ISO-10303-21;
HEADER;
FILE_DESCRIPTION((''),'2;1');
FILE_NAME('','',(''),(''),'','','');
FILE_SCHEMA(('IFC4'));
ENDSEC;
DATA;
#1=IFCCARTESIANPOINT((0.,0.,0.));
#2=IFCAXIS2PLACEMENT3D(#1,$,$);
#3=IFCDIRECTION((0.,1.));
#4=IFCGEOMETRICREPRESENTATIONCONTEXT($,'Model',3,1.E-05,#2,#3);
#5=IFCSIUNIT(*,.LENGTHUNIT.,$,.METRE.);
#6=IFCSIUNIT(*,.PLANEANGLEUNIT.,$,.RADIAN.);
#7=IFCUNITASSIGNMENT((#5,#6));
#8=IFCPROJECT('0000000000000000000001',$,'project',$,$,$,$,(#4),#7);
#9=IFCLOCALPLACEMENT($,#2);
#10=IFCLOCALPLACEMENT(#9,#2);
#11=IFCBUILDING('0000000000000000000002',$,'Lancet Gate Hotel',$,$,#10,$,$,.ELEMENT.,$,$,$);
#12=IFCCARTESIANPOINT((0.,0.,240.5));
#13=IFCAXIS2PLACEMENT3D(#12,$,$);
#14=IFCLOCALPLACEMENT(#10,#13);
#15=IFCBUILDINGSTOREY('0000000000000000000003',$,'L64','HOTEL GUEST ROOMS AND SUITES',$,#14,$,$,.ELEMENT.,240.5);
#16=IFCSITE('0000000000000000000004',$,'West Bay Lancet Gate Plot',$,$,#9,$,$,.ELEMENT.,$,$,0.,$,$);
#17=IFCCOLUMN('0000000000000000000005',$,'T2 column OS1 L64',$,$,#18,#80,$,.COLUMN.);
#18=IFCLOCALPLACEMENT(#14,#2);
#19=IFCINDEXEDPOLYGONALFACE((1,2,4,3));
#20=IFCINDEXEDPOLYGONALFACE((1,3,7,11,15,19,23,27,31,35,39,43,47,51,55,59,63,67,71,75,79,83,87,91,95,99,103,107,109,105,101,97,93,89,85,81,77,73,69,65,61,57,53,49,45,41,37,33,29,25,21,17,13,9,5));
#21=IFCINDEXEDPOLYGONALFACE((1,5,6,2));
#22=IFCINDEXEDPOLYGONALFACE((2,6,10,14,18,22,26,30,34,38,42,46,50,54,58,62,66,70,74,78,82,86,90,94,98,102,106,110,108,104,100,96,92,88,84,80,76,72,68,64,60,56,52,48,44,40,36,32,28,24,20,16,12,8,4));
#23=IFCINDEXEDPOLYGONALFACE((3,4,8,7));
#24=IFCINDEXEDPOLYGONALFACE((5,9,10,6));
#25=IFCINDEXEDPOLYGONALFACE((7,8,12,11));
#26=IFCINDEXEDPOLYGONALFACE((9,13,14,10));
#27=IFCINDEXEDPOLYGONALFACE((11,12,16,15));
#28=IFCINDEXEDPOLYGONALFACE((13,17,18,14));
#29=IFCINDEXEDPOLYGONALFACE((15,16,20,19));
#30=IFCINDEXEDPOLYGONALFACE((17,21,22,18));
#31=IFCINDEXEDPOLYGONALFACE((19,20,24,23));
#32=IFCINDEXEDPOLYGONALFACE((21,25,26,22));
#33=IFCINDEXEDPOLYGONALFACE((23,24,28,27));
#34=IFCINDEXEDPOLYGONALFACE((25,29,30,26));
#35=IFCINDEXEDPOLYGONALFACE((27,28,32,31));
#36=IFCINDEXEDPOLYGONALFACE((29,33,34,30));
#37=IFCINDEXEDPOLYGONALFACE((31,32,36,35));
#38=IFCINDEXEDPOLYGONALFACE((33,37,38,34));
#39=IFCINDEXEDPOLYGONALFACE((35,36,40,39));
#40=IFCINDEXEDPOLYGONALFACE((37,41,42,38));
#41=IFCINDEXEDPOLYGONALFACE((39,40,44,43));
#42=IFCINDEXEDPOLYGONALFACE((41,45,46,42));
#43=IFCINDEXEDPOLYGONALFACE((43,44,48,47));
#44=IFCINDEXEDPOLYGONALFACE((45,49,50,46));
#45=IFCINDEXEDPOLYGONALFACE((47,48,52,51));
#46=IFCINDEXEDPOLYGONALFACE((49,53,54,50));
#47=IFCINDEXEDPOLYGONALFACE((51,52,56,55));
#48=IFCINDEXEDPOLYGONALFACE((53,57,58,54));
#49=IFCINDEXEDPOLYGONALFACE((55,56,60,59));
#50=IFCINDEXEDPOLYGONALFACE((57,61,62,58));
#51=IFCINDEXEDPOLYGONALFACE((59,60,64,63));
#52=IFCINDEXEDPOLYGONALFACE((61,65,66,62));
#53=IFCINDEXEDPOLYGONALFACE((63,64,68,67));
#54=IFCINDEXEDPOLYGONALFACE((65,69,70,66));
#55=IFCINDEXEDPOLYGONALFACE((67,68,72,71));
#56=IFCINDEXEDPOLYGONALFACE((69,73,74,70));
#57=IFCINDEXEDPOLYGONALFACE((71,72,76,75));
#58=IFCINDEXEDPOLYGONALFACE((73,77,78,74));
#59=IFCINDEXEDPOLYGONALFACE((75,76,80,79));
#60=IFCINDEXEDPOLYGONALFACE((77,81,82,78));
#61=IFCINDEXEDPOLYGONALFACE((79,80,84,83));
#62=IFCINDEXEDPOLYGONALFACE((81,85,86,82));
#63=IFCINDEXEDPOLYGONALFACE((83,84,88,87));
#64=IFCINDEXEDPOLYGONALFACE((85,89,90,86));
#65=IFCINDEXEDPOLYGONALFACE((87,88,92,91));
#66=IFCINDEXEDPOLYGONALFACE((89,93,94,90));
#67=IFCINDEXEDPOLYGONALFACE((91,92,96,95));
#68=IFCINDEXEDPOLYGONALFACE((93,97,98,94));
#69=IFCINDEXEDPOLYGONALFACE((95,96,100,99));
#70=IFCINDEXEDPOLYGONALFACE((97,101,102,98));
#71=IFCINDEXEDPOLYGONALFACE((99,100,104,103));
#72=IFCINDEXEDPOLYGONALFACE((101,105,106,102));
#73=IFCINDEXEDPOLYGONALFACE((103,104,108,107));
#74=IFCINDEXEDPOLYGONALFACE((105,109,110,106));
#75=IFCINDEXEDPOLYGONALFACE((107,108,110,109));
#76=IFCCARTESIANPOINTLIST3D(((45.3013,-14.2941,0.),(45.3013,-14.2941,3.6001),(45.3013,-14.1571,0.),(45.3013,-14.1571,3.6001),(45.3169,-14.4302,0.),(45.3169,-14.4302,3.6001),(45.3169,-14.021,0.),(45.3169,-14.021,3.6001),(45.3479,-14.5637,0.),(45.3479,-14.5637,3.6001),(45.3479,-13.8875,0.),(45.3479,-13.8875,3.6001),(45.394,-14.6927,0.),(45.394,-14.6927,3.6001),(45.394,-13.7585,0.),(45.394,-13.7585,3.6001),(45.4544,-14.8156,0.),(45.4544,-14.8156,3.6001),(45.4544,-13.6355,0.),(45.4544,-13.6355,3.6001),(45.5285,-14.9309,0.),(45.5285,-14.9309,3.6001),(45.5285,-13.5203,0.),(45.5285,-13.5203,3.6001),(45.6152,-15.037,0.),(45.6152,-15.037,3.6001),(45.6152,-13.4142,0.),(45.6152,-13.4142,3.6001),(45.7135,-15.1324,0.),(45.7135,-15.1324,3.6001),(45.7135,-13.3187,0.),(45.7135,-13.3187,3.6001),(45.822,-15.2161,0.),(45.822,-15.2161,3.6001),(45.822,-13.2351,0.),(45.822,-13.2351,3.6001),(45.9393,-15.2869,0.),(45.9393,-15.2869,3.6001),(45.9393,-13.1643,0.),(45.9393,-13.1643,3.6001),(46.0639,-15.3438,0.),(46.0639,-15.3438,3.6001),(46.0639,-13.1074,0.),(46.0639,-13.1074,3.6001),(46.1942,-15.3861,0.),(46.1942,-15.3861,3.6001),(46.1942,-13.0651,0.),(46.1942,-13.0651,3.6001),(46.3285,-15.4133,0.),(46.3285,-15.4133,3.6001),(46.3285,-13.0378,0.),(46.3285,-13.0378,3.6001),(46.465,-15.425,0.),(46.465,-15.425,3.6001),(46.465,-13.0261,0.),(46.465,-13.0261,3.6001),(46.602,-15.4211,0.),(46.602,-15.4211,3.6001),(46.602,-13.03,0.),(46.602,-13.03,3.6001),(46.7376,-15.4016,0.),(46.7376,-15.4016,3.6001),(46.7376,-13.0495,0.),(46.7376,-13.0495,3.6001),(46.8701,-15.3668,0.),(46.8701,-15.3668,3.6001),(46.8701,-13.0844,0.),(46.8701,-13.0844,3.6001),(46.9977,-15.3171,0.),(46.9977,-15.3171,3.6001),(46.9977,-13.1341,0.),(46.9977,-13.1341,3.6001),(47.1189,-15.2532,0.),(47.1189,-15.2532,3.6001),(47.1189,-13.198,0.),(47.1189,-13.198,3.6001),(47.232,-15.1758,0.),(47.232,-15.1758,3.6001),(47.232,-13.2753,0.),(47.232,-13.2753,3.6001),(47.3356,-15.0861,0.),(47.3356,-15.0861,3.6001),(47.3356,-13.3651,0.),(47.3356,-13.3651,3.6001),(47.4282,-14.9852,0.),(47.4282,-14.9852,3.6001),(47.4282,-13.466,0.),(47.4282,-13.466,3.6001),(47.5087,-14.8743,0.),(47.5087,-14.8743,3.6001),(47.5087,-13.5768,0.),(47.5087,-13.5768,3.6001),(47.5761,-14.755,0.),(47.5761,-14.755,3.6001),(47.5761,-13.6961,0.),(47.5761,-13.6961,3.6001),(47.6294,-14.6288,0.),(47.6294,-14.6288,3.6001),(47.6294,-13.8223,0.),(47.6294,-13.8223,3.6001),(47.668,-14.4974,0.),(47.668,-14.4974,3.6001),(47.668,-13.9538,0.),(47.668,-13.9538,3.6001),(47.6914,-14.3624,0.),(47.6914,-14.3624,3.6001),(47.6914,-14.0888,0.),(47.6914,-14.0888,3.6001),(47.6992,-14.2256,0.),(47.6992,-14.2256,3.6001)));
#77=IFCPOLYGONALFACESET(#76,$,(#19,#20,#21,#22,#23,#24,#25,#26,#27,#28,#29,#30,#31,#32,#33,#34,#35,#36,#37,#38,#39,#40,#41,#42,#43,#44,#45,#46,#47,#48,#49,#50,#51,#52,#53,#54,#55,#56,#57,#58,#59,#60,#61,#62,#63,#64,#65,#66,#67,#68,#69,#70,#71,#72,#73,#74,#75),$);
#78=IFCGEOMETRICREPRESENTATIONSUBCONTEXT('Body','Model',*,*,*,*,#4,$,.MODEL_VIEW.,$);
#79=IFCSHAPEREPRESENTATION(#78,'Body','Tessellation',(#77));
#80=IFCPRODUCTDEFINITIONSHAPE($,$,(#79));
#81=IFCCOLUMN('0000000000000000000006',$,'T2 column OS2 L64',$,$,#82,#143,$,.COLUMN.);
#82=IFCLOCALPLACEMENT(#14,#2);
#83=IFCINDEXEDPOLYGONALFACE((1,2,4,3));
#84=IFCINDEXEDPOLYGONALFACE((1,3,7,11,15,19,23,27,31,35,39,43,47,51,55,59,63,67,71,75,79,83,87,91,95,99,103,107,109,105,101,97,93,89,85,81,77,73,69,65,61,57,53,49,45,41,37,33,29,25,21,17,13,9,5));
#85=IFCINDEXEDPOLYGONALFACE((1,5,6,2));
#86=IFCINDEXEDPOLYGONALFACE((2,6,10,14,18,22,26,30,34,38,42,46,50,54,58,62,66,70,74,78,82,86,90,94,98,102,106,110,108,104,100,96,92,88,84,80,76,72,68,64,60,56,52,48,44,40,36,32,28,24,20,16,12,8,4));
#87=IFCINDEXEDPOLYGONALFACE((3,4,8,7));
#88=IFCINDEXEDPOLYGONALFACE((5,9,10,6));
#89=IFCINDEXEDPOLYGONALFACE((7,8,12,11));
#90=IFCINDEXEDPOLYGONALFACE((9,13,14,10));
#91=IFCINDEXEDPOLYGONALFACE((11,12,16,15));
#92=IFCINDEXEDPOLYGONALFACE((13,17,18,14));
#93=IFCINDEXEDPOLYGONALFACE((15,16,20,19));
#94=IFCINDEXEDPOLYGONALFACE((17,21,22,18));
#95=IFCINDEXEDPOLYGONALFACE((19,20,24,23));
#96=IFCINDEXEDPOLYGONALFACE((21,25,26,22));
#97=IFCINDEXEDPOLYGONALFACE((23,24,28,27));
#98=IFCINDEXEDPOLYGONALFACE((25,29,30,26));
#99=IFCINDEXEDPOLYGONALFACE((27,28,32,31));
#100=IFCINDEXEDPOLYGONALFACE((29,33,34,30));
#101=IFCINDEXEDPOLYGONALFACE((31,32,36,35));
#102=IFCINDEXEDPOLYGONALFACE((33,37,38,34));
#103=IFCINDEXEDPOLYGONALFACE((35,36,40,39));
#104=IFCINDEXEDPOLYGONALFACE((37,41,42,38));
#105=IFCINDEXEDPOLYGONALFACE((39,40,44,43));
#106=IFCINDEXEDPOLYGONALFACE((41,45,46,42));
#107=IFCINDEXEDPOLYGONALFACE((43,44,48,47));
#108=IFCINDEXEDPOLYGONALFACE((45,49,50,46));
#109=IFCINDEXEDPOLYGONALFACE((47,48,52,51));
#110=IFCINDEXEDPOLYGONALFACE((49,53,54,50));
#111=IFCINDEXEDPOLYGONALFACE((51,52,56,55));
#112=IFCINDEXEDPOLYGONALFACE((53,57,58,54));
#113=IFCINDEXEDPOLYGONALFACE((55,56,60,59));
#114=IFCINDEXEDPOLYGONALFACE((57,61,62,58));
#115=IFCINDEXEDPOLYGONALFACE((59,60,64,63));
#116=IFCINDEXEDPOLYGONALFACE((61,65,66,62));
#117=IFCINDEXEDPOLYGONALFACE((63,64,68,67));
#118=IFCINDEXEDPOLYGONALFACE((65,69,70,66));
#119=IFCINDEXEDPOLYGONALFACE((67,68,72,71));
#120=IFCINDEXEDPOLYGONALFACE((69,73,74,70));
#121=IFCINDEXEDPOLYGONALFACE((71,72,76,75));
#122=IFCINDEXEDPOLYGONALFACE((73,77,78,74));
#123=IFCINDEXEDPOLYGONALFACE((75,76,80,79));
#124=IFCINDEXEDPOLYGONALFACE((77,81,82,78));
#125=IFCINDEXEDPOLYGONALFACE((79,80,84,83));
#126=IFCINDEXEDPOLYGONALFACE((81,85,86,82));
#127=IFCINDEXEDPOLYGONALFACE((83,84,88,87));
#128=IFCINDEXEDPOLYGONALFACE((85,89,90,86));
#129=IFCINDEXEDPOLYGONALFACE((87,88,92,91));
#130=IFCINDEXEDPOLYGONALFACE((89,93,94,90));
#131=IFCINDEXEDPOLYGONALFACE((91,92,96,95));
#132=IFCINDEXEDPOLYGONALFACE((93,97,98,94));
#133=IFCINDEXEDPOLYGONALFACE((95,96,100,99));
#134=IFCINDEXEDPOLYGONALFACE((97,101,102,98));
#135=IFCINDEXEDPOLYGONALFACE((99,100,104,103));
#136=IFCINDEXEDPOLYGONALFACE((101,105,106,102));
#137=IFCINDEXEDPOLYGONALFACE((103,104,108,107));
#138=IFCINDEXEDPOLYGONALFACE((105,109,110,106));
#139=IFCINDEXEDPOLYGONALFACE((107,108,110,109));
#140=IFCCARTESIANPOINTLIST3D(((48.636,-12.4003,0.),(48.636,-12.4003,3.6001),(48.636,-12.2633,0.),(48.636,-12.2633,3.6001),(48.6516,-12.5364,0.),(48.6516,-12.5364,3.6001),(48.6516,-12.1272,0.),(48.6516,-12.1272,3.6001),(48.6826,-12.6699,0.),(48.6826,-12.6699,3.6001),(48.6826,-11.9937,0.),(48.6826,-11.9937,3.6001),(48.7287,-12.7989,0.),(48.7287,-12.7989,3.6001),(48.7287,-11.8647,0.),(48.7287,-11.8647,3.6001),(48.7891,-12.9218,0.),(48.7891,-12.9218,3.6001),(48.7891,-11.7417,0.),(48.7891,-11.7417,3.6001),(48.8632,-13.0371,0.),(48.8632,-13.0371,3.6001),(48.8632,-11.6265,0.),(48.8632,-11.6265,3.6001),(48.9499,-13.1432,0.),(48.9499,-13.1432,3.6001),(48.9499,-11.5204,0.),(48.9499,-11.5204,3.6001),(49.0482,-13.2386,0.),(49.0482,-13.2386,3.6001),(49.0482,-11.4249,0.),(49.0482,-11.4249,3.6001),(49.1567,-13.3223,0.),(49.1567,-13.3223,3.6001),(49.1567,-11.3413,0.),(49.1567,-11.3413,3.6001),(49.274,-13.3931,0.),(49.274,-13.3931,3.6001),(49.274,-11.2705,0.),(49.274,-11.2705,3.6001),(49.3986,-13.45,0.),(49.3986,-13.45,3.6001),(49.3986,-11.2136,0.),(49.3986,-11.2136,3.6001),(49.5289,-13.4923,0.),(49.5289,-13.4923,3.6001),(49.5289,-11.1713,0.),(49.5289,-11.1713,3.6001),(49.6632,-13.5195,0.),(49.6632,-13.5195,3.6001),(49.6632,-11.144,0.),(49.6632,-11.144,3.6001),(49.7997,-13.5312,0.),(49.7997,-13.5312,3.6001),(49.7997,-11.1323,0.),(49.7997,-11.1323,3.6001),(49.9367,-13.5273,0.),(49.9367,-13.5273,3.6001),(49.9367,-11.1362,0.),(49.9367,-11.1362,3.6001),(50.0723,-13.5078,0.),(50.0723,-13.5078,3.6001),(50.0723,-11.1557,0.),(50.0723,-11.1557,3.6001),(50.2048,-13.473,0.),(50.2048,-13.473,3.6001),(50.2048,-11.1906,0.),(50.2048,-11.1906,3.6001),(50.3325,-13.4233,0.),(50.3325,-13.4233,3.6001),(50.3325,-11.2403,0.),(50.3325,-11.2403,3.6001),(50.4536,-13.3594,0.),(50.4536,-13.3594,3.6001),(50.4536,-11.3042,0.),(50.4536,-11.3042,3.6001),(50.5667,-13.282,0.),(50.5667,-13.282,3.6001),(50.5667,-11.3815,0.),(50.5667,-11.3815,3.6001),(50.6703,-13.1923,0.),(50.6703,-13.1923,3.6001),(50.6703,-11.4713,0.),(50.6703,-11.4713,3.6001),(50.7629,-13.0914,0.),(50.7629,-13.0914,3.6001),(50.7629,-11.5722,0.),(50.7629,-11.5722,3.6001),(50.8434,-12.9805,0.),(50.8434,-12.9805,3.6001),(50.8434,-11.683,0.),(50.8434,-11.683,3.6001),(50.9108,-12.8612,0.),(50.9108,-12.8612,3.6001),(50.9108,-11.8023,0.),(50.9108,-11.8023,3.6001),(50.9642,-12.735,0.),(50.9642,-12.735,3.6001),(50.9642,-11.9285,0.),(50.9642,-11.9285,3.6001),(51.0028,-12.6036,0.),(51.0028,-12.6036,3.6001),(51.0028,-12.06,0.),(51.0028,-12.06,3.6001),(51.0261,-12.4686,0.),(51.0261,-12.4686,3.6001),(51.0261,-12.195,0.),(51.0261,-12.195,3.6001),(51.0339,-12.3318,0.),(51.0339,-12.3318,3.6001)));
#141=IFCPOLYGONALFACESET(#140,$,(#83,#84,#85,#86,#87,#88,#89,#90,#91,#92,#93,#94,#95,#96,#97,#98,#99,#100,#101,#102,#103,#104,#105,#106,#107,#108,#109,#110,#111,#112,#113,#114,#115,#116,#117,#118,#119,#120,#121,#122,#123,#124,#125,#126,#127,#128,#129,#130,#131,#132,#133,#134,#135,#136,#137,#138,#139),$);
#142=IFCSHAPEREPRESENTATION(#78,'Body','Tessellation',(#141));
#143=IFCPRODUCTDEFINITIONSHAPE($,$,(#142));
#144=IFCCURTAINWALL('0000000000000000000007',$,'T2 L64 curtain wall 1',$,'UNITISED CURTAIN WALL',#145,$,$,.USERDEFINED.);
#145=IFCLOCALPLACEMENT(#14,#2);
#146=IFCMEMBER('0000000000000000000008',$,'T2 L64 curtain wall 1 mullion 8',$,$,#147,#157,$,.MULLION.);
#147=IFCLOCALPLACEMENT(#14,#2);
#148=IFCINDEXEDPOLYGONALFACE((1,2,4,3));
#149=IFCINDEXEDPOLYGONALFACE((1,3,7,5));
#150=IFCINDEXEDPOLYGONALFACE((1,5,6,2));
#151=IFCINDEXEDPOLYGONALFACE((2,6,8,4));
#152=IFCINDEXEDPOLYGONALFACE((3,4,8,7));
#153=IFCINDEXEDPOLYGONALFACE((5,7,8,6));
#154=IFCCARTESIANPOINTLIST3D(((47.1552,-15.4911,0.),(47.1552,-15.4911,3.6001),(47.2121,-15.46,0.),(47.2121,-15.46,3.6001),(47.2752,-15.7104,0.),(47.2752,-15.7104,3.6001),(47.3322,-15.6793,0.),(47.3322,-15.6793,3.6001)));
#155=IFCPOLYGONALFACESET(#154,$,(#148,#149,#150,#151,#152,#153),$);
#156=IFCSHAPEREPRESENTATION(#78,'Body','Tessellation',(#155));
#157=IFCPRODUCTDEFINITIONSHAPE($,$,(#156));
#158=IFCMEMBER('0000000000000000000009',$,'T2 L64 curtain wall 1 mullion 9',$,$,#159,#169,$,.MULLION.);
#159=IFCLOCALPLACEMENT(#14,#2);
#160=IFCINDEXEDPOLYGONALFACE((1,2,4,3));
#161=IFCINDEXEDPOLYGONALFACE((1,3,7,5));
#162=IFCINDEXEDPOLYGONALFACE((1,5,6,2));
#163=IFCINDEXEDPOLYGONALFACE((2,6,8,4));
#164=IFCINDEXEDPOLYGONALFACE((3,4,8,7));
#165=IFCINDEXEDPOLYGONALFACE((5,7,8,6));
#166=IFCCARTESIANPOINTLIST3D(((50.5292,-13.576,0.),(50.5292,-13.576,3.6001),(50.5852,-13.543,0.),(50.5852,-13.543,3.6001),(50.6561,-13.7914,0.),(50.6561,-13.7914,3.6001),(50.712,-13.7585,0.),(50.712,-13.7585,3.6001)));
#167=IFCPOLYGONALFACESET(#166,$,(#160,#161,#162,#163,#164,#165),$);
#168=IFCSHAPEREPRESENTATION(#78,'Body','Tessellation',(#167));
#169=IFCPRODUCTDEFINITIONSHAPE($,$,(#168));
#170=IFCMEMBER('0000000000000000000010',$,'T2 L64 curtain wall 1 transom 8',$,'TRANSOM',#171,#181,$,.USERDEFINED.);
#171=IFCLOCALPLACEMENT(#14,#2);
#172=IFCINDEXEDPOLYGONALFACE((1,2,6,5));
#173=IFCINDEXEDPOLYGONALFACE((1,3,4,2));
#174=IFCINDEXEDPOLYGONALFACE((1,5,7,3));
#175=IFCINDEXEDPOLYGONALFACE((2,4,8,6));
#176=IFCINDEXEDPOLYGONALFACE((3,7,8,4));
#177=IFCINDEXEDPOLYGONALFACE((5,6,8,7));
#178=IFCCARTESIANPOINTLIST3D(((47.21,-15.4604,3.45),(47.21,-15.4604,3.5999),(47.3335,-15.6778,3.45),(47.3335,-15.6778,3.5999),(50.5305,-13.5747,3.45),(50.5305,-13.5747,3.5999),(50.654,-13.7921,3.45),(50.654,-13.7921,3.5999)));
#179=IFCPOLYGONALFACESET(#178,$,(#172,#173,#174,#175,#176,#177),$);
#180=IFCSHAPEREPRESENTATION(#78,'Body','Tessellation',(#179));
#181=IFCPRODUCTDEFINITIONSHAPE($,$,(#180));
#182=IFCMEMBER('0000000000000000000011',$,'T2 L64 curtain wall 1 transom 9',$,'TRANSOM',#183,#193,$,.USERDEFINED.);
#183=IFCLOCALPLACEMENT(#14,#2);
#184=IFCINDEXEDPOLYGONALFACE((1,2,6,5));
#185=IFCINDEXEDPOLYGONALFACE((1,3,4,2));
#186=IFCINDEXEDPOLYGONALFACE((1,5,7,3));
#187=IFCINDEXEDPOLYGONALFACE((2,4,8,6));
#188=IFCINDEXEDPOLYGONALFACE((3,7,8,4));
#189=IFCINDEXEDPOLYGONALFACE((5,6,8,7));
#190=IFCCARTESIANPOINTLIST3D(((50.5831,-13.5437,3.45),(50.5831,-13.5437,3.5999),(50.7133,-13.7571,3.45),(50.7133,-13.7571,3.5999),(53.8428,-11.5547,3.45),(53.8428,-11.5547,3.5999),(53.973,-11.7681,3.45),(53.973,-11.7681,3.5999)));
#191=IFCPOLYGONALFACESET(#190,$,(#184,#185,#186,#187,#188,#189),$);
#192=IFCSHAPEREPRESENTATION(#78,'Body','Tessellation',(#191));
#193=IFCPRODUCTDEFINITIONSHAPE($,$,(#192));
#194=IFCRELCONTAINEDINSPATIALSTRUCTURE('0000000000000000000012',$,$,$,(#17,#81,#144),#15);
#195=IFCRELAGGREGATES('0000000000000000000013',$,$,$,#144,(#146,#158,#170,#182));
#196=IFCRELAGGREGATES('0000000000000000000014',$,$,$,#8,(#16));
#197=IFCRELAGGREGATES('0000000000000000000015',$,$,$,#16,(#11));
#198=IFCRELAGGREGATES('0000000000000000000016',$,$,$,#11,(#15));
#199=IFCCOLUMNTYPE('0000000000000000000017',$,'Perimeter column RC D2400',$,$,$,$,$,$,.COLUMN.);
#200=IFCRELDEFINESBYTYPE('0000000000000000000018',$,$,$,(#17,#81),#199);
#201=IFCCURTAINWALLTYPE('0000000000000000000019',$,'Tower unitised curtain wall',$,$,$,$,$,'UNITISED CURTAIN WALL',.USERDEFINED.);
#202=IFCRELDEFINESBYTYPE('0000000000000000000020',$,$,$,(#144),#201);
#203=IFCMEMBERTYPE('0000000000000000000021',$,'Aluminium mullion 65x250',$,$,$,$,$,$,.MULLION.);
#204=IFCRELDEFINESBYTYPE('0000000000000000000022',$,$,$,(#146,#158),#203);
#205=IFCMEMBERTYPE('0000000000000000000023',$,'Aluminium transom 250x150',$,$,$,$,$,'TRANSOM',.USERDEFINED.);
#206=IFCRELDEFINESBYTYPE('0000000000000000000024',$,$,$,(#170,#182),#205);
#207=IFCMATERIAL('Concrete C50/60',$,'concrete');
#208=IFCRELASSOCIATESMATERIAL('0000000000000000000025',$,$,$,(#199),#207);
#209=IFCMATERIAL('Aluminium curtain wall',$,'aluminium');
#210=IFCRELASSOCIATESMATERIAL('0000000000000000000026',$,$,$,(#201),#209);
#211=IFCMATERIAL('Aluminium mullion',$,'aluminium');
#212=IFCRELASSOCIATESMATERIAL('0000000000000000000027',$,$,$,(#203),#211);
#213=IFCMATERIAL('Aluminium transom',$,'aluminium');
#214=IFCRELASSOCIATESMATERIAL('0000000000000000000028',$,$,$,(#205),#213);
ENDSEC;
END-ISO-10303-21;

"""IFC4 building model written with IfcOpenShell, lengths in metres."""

from ifc_helpers import new_model, si_unit, direction, frame, origin, origin_2d, place, context, subcontext, project, spatial, rectangle, circle, extrude, material, material_profile, profile_set, type_object, element, aggregate, save


model = new_model("IFC4")

# Units and contexts
model_context = context("Model", 3, precision=1e-05, world=origin(), true_north=direction((0.0, 1.0)))
body_context = subcontext(model_context, "Body", "Model", "MODEL_VIEW")
ifc_project = project(units=[si_unit("LENGTHUNIT", "METRE"), si_unit("PLANEANGLEUNIT", "RADIAN")], contexts=[model_context])

# Site, building, storey
site_placement = place(None, origin())
site = spatial("IfcSite", under=ifc_project, at=site_placement, Name="West Bay Lancet Gate Plot", CompositionType="ELEMENT", RefElevation=0.0)
building_placement = place(site_placement, origin())
building = spatial("IfcBuilding", under=site, at=building_placement, Name="Lancet Gate Hotel", CompositionType="ELEMENT")
storey_placement = place(building_placement, frame((0.0, 0.0, 240.5)))
storey = spatial("IfcBuildingStorey", under=building, at=storey_placement, Name="L64", Description="HOTEL GUEST ROOMS AND SUITES", CompositionType="ELEMENT", Elevation=240.5)

# Columns
ifc_material_1 = material(Name="Concrete C50/60", Category="concrete")
ifc_material_profile_1 = material_profile(ifc_material_1, circle(Radius=1.2, at=origin_2d()), Name="RC D2400")
ifc_profile_set_1 = profile_set([ifc_material_profile_1], Name="Concrete C50/60")
column_type = type_object("IfcColumnType", Name="Perimeter column RC D2400", PredefinedType="COLUMN", material=ifc_profile_set_1)
for number, where, z_axis, x_axis, name in (
    (1, (46.4993, -14.2256, 0.0), (0.0, 0.0, 1.0), (1.0, 0.0, 0.0), "T2 column OS1 L64"),
    (2, (49.834, -12.3318, 0.0), (0.0, 0.0, 1.0), (1.0, 0.0, 0.0), "T2 column OS2 L64"),
):
    element("IfcColumn", number, at=place(storey_placement, frame(where, z_axis=z_axis, x_axis=x_axis)), inside=storey, type_object=column_type, Name=name, PredefinedType="COLUMN", context=body_context, shape_type="SweptSolid", body=[
        extrude(circle(Radius=1.2, at=origin_2d()), origin(), (0.0, 0.0, 1.0), 3.6001),
    ])

# Curtain wall, members
ifc_material_2 = material(Name="Aluminium curtain wall", Category="aluminium")
curtain_wall_type = type_object("IfcCurtainWallType", Name="Tower unitised curtain wall", ElementType="UNITISED CURTAIN WALL", PredefinedType="USERDEFINED", material=ifc_material_2)
curtain_wall_placement = place(storey_placement, origin())
curtain_wall = element("IfcCurtainWall", 3, at=curtain_wall_placement, inside=storey, type_object=curtain_wall_type, Name="T2 L64 curtain wall 1", ObjectType="UNITISED CURTAIN WALL", PredefinedType="USERDEFINED")
ifc_material_3 = material(Name="Aluminium mullion", Category="aluminium")
ifc_material_profile_2 = material_profile(ifc_material_3, rectangle(XDim=0.0649, YDim=0.25, at=origin_2d()), Name="MULLION 65x250")
ifc_profile_set_2 = profile_set([ifc_material_profile_2], Name="Aluminium mullion")
member_type_1 = type_object("IfcMemberType", Name="Aluminium mullion 65x250", PredefinedType="MULLION", material=ifc_profile_set_2)
member_1_placement = place(storey_placement, frame((47.2437, -15.5852, 0.0), z_axis=(0.0, 0.0, 1.0), x_axis=(0.877195, 0.480135, 0.0)))
member_1 = element("IfcMember", 4, at=member_1_placement, type_object=member_type_1, Name="T2 L64 curtain wall 1 mullion 8", PredefinedType="MULLION", context=body_context, shape_type="SweptSolid", body=[
    extrude(rectangle(XDim=0.0649, YDim=0.25, at=origin_2d()), origin(), (0.0, 0.0, 1.0), 3.6001),
])
member_2_placement = place(storey_placement, frame((50.6206, -13.6672, 0.0), z_axis=(0.0, 0.0, 1.0), x_axis=(0.861692, 0.507432, 0.0)))
member_2 = element("IfcMember", 5, at=member_2_placement, type_object=member_type_1, Name="T2 L64 curtain wall 1 mullion 9", PredefinedType="MULLION", context=body_context, shape_type="SweptSolid", body=[
    extrude(rectangle(XDim=0.0649, YDim=0.25, at=origin_2d()), origin(), (0.0, 0.0, 1.0), 3.6001),
])
ifc_material_4 = material(Name="Aluminium transom", Category="aluminium")
ifc_material_profile_3 = material_profile(ifc_material_4, rectangle(XDim=0.25, YDim=0.1499, at=origin_2d()), Name="TRANSOM 250x150")
ifc_profile_set_3 = profile_set([ifc_material_profile_3], Name="Aluminium transom")
member_type_2 = type_object("IfcMemberType", Name="Aluminium transom 250x150", ElementType="TRANSOM", PredefinedType="USERDEFINED", material=ifc_profile_set_3)
member_3_placement = place(storey_placement, frame((47.2717, -15.5691, 3.5249), z_axis=(0.869562, 0.493824, 0.0), x_axis=(-0.493824, 0.869562, 0.0)))
member_3 = element("IfcMember", 6, at=member_3_placement, type_object=member_type_2, Name="T2 L64 curtain wall 1 transom 8", ObjectType="TRANSOM", PredefinedType="USERDEFINED", context=body_context, shape_type="SweptSolid", body=[
    extrude(rectangle(XDim=0.25, YDim=0.1499, at=origin_2d()), origin(), (0.0, 0.0, 1.0), 3.8186),
])
member_4_placement = place(storey_placement, frame((50.6482, -13.6504, 3.5249), z_axis=(0.853639, 0.520865, 0.0), x_axis=(-0.520865, 0.853639, 0.0)))
member_4 = element("IfcMember", 7, at=member_4_placement, type_object=member_type_2, Name="T2 L64 curtain wall 1 transom 9", ObjectType="TRANSOM", PredefinedType="USERDEFINED", context=body_context, shape_type="SweptSolid", body=[
    extrude(rectangle(XDim=0.25, YDim=0.1499, at=origin_2d()), origin(), (0.0, 0.0, 1.0), 3.8186),
])

aggregate(curtain_wall, [member_1, member_2, member_3, member_4])

save(model, "model.ifc")
